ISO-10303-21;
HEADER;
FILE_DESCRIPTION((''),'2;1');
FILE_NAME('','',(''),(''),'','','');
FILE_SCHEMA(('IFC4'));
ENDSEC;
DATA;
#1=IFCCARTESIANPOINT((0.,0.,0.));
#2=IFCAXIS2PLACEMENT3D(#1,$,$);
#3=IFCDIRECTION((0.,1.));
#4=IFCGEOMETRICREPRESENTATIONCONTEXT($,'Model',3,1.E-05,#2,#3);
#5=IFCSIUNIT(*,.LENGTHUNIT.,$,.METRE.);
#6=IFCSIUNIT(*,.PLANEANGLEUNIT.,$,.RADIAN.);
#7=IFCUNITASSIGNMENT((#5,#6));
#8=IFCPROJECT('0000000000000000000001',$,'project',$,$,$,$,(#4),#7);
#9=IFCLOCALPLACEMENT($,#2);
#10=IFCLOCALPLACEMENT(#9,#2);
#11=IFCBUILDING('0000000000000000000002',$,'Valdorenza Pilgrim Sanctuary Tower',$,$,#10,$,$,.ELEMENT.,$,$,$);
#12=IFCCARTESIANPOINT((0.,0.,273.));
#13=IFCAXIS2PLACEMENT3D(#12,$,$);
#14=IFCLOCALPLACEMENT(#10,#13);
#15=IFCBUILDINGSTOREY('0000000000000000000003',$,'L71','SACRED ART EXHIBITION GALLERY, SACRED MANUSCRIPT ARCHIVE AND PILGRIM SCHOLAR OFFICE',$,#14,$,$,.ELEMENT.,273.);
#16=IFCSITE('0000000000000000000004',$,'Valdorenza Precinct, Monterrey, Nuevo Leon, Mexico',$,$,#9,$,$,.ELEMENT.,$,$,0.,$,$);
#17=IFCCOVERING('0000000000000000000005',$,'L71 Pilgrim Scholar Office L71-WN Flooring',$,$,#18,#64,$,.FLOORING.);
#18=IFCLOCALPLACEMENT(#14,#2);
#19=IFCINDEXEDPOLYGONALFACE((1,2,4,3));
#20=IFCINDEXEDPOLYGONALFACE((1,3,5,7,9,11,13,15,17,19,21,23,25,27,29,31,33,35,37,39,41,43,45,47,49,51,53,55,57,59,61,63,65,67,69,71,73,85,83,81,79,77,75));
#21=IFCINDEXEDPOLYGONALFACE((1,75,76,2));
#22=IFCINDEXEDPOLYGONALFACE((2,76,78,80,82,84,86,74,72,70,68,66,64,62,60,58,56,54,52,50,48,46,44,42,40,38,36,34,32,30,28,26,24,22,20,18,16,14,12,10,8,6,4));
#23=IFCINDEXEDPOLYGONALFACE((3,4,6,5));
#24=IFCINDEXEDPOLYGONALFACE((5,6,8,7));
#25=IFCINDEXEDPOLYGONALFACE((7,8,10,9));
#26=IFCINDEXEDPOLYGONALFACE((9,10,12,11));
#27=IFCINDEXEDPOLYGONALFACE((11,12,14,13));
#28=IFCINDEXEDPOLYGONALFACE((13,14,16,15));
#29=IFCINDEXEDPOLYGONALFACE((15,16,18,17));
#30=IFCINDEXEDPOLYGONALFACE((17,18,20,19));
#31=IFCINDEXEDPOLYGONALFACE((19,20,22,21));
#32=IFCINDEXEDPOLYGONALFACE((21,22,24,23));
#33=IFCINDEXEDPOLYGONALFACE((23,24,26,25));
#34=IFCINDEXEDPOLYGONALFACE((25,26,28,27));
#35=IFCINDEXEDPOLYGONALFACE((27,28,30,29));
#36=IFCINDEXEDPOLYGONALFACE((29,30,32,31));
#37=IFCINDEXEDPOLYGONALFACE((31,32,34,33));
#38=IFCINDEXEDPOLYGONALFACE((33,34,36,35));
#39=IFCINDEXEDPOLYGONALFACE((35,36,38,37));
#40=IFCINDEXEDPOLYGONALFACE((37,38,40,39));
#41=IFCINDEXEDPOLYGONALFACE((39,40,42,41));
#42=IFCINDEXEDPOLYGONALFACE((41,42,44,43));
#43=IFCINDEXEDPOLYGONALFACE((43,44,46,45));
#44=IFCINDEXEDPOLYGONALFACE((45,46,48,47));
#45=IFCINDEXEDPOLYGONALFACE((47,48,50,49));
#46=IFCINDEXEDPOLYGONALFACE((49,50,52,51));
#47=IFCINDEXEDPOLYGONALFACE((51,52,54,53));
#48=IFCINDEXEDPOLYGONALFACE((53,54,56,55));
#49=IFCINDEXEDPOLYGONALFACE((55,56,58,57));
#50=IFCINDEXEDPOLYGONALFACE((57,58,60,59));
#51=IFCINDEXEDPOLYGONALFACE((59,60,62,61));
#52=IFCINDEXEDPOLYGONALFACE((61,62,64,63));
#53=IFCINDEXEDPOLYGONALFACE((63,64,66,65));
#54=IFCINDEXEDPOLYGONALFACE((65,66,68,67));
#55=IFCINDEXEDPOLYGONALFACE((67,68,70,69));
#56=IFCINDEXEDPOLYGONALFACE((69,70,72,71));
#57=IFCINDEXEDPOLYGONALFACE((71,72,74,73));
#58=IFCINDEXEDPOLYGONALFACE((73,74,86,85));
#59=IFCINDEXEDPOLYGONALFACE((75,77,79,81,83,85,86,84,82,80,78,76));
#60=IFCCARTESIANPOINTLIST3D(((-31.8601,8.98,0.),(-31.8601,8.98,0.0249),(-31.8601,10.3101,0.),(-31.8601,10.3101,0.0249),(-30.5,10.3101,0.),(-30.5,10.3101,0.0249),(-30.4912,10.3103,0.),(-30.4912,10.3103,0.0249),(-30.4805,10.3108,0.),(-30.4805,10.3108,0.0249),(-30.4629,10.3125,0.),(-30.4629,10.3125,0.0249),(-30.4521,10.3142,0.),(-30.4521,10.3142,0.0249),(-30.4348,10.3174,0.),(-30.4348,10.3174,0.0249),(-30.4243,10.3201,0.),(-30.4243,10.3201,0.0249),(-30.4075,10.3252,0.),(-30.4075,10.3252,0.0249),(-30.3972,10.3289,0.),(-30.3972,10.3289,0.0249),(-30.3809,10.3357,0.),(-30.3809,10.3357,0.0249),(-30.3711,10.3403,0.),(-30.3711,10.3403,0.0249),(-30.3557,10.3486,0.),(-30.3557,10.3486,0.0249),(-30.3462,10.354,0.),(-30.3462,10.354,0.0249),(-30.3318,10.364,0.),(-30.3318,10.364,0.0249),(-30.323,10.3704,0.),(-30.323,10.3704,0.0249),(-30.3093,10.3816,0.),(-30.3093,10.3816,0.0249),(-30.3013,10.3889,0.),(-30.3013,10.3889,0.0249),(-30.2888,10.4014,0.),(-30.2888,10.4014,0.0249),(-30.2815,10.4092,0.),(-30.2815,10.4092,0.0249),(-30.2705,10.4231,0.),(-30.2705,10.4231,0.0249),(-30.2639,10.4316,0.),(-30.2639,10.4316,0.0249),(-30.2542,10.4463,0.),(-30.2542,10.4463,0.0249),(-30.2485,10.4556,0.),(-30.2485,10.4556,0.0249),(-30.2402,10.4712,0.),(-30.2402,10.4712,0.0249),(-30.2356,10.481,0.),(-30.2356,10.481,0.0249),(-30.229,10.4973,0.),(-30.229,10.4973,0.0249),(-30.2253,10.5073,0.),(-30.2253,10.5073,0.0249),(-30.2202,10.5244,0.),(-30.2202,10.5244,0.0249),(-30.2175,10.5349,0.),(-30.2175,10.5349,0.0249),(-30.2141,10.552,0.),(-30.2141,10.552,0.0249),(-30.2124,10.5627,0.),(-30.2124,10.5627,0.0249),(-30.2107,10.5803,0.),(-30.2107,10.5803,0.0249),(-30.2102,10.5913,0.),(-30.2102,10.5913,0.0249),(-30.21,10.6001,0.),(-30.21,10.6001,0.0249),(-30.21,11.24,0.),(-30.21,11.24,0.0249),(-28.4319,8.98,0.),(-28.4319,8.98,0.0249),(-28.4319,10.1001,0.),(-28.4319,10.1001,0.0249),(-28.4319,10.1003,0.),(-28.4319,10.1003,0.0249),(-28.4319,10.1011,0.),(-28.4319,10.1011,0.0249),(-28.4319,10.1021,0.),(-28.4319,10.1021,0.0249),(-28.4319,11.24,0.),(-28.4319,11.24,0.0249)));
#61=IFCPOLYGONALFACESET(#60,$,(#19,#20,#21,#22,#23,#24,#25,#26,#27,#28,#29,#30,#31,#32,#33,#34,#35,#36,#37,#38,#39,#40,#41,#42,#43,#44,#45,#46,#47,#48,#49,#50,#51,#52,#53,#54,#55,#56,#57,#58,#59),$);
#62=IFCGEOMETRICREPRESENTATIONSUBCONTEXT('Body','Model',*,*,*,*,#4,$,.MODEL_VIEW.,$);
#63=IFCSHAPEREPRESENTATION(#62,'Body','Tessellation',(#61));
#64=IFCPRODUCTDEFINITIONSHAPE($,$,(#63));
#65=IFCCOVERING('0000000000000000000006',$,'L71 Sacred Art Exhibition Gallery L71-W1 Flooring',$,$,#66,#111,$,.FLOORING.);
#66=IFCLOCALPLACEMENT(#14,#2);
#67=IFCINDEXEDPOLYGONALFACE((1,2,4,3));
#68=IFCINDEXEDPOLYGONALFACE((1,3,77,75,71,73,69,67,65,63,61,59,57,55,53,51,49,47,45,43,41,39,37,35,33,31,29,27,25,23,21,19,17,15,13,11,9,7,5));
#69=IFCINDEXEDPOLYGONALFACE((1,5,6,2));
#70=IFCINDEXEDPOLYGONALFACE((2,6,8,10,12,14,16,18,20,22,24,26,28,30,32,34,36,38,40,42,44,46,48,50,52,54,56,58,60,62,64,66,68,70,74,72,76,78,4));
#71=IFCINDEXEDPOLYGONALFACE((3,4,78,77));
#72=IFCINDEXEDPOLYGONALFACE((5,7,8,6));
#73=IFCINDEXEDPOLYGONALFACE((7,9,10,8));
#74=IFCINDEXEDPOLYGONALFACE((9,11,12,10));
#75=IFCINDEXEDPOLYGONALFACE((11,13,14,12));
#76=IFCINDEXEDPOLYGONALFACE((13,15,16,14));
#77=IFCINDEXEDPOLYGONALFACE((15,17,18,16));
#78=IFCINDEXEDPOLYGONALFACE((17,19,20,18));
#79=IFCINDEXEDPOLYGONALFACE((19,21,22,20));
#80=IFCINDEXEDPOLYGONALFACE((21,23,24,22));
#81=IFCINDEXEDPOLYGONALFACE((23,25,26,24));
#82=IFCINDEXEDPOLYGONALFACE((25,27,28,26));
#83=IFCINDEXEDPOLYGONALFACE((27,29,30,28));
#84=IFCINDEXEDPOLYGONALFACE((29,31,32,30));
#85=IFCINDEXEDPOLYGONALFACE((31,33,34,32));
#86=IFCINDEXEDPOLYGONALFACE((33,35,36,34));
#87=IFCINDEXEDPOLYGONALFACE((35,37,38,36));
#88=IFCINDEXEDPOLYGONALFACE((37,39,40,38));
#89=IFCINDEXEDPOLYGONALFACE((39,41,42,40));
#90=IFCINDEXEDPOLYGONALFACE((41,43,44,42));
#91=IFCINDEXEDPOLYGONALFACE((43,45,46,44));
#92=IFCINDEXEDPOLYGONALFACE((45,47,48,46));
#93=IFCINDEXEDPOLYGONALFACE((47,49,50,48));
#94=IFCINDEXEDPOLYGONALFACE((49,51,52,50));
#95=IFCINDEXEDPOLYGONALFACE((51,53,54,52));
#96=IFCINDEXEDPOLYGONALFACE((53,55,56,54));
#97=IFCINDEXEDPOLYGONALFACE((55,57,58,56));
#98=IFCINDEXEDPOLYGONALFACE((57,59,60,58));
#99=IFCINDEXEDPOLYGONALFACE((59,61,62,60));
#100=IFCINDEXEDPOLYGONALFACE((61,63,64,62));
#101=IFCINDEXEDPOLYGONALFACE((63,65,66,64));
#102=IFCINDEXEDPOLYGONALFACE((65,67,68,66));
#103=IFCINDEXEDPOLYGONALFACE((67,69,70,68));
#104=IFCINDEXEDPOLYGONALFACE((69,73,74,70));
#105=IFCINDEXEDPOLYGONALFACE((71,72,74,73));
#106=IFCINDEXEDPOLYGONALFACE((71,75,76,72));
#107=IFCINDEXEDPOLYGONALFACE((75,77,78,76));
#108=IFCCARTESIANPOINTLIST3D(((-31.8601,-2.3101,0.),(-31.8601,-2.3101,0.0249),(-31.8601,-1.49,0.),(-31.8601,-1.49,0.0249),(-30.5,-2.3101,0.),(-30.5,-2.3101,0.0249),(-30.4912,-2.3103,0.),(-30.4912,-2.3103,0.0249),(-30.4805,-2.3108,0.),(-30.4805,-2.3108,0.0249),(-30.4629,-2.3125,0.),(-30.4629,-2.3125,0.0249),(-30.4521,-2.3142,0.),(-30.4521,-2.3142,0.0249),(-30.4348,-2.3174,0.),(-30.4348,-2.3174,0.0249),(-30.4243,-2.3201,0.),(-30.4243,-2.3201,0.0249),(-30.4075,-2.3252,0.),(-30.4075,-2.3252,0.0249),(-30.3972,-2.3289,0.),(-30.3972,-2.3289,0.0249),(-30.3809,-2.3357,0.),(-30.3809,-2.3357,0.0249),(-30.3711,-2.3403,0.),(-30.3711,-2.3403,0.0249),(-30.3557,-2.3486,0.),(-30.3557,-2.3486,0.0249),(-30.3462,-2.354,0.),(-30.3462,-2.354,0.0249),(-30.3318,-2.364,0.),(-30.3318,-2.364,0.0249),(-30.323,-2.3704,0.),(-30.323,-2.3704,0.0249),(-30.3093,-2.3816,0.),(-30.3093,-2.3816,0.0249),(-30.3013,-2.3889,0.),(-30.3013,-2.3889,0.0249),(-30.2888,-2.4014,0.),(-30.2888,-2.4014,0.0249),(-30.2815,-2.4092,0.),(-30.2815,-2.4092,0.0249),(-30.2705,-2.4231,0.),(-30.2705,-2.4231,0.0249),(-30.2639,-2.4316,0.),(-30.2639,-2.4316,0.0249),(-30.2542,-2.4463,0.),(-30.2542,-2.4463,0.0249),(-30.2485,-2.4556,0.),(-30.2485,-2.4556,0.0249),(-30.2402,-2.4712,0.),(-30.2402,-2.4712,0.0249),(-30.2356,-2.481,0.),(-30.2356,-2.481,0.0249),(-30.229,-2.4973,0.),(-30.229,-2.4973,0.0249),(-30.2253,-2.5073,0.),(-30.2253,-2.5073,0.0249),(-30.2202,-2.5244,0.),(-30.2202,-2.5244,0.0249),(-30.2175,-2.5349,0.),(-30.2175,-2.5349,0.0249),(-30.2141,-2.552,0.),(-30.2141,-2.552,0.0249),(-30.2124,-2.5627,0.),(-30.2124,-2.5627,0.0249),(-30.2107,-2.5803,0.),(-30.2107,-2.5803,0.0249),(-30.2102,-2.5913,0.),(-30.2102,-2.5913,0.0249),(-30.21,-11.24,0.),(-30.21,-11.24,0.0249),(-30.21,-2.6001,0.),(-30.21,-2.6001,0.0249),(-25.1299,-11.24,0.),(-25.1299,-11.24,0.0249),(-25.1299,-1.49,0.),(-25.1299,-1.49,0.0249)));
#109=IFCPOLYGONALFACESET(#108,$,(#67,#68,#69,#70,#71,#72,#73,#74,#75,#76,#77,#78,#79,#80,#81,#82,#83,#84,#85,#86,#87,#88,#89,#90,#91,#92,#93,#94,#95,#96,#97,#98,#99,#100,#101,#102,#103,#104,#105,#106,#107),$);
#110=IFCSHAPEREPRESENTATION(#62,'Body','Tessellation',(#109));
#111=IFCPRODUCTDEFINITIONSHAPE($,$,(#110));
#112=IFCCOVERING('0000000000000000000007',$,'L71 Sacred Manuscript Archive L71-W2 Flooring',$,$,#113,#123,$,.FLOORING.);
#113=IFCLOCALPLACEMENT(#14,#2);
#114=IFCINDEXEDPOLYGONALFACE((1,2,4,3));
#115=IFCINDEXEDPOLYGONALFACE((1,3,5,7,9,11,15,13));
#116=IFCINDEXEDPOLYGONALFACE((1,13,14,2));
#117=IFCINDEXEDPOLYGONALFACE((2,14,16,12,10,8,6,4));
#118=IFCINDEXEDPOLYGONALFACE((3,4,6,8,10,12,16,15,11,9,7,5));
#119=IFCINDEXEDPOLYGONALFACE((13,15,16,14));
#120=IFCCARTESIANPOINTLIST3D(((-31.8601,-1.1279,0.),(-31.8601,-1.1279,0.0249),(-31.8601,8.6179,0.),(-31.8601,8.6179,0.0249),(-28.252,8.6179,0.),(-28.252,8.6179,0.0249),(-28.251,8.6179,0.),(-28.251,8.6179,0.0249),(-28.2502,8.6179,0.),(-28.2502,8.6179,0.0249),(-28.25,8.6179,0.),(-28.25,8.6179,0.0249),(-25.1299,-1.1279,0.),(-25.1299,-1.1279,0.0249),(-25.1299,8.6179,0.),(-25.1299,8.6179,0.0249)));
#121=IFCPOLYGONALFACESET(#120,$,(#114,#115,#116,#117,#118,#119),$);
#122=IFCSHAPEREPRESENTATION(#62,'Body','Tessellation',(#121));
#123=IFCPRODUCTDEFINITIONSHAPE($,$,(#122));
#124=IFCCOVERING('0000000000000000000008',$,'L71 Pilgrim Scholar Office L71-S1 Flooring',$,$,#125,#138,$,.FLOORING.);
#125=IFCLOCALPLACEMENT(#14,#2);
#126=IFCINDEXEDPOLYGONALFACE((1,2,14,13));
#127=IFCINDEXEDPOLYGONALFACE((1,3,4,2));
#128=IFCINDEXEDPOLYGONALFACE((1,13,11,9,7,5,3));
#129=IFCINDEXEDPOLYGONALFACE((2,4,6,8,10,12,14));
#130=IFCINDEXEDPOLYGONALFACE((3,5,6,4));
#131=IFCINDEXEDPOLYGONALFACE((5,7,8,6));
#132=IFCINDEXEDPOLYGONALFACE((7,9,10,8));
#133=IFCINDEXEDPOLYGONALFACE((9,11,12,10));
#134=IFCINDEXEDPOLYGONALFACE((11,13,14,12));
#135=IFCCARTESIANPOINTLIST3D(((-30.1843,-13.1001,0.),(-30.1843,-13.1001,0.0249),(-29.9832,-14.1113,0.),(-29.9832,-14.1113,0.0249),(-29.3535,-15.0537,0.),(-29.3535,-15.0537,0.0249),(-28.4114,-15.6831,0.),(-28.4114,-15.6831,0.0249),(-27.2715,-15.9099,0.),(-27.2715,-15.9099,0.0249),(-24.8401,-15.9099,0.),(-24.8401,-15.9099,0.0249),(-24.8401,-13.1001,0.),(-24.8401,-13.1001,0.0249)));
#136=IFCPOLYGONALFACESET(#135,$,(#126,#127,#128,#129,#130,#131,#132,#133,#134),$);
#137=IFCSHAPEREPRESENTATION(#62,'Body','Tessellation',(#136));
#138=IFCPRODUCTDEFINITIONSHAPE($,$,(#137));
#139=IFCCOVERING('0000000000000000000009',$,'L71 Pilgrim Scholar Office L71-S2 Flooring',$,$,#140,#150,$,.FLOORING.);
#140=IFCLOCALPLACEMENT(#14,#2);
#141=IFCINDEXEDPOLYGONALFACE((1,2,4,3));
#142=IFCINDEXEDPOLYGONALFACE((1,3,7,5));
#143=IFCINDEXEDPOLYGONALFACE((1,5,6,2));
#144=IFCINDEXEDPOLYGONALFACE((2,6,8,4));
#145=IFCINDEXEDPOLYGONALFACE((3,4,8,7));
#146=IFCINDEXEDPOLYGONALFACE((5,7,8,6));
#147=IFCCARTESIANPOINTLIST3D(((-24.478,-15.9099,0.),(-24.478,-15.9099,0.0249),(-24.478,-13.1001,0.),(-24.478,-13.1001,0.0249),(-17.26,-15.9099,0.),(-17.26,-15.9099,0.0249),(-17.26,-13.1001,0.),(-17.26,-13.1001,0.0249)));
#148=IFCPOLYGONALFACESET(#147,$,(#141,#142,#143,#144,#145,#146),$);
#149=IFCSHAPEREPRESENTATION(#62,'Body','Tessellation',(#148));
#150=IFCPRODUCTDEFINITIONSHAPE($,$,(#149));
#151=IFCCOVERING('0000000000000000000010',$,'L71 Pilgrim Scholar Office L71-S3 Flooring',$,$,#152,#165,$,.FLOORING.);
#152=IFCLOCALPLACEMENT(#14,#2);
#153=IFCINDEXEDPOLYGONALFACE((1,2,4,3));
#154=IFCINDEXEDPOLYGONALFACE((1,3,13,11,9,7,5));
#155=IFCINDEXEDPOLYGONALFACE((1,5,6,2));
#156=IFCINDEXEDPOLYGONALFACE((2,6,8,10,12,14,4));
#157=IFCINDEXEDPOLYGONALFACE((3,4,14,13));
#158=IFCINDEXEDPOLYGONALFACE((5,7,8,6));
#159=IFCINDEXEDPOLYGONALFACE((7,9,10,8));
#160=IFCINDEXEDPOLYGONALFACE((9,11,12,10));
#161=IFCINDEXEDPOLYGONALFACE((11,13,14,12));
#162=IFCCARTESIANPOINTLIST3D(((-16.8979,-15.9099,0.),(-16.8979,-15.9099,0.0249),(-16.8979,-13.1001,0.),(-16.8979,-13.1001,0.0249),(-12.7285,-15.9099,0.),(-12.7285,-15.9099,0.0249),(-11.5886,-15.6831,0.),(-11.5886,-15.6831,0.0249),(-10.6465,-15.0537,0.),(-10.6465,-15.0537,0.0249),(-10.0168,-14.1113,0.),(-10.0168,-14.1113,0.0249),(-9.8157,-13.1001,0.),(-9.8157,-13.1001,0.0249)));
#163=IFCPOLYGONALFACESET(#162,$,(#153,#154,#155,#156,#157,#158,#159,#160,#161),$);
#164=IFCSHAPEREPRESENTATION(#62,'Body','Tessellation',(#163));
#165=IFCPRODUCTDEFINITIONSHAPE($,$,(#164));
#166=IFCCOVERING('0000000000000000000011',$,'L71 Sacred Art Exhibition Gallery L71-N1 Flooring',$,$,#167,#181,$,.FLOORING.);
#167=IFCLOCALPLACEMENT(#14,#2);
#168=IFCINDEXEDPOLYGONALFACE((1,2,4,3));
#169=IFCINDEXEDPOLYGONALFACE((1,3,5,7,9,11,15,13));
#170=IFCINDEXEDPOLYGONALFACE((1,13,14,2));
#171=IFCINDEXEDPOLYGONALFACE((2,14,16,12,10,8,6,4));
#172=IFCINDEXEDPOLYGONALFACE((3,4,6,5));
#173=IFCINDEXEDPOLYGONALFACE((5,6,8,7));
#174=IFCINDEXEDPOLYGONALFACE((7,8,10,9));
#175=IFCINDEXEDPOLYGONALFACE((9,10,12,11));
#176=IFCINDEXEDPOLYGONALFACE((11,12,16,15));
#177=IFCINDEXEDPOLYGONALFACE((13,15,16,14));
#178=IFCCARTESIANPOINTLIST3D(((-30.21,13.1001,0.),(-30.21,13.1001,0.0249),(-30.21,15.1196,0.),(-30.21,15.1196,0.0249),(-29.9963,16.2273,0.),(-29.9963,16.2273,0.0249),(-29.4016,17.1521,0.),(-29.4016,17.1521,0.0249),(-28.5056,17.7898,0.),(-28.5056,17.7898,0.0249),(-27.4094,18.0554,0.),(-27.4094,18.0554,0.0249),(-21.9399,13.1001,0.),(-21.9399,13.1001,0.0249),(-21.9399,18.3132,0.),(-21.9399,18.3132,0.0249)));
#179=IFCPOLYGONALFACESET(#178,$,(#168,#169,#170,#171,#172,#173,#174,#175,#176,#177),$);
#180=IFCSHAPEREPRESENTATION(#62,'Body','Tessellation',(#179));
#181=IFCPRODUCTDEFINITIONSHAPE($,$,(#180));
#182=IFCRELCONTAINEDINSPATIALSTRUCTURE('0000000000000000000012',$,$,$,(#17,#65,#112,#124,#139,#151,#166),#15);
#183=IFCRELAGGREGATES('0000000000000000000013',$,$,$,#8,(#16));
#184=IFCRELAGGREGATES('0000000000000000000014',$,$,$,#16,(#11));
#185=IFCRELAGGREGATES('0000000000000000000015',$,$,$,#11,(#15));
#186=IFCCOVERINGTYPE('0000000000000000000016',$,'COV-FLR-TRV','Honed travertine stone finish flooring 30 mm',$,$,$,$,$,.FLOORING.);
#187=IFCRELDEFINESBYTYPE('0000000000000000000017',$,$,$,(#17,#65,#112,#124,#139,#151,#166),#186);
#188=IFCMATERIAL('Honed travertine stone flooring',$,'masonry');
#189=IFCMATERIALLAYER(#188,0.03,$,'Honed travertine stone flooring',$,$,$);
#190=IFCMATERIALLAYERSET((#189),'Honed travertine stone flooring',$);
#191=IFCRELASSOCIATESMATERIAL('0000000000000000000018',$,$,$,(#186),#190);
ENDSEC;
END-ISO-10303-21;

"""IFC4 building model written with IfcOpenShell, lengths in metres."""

from ifc_helpers import new_model, si_unit, direction, frame, origin, place, context, subcontext, project, spatial, polyline, outline, extrude, material, layer, layer_set, type_object, element, save


model = new_model("IFC4")

# Units and contexts
model_context = context("Model", 3, precision=1e-05, world=origin(), true_north=direction((0.0, 1.0)))
body_context = subcontext(model_context, "Body", "Model", "MODEL_VIEW")
ifc_project = project(units=[si_unit("LENGTHUNIT", "METRE"), si_unit("PLANEANGLEUNIT", "RADIAN")], contexts=[model_context])

# Site, building, storey
site_placement = place(None, origin())
site = spatial("IfcSite", under=ifc_project, at=site_placement, Name="Valdorenza Precinct, Monterrey, Nuevo Leon, Mexico", CompositionType="ELEMENT", RefElevation=0.0)
building_placement = place(site_placement, origin())
building = spatial("IfcBuilding", under=site, at=building_placement, Name="Valdorenza Pilgrim Sanctuary Tower", CompositionType="ELEMENT")
storey_placement = place(building_placement, frame((0.0, 0.0, 273.0)))
storey = spatial("IfcBuildingStorey", under=building, at=storey_placement, Name="L71", Description="SACRED ART EXHIBITION GALLERY, SACRED MANUSCRIPT ARCHIVE AND PILGRIM SCHOLAR OFFICE", CompositionType="ELEMENT", Elevation=273.0)

# Coverings
ifc_material_1 = material(Name="Honed travertine stone flooring", Category="masonry")
ifc_layer_1 = layer(ifc_material_1, 0.03, Name="Honed travertine stone flooring")
ifc_layer_set_1 = layer_set([ifc_layer_1], Name="Honed travertine stone flooring")
covering_type_1 = type_object("IfcCoveringType", Name="COV-FLR-TRV", Description="Honed travertine stone finish flooring 30 mm", PredefinedType="FLOORING", material=ifc_layer_set_1)
covering_1_placement = place(storey_placement, origin())
element("IfcCovering", 1, at=covering_1_placement, inside=storey, type_object=covering_type_1, Name="L71 Pilgrim Scholar Office L71-WN Flooring", PredefinedType="FLOORING", context=body_context, shape_type="SweptSolid", body=[
    extrude(outline(polyline([(-28.4319, 11.24), (-28.4319, 10.1021), (-28.4319, 10.1011), (-28.4319, 10.1003), (-28.4319, 10.1001), (-28.4319, 8.98), (-31.8601, 8.98), (-31.8601, 10.3101), (-30.5, 10.3101), (-30.4912, 10.3103), (-30.4805, 10.3108), (-30.4629, 10.3125), (-30.4521, 10.3142), (-30.4348, 10.3174), (-30.4243, 10.3201), (-30.4075, 10.3252), (-30.3972, 10.3289), (-30.3809, 10.3357), (-30.3711, 10.3403), (-30.3557, 10.3486), (-30.3462, 10.354), (-30.3318, 10.364), (-30.323, 10.3704), (-30.3093, 10.3816), (-30.3013, 10.3889), (-30.2888, 10.4014), (-30.2815, 10.4092), (-30.2705, 10.4231), (-30.2639, 10.4316), (-30.2542, 10.4463), (-30.2485, 10.4556), (-30.2402, 10.4712), (-30.2356, 10.481), (-30.229, 10.4973), (-30.2253, 10.5073), (-30.2202, 10.5244), (-30.2175, 10.5349), (-30.2141, 10.552), (-30.2124, 10.5627), (-30.2107, 10.5803), (-30.2102, 10.5913), (-30.21, 10.6001), (-30.21, 11.24), (-28.4319, 11.24)])), origin(), (0.0, 0.0, 1.0), 0.0249),
])
covering_2_placement = place(storey_placement, origin())
element("IfcCovering", 2, at=covering_2_placement, inside=storey, type_object=covering_type_1, Name="L71 Sacred Art Exhibition Gallery L71-W1 Flooring", PredefinedType="FLOORING", context=body_context, shape_type="SweptSolid", body=[
    extrude(outline(polyline([(-25.1299, -11.24), (-30.21, -11.24), (-30.21, -2.6001), (-30.2102, -2.5913), (-30.2107, -2.5803), (-30.2124, -2.5627), (-30.2141, -2.552), (-30.2175, -2.5349), (-30.2202, -2.5244), (-30.2253, -2.5073), (-30.229, -2.4973), (-30.2356, -2.481), (-30.2402, -2.4712), (-30.2485, -2.4556), (-30.2542, -2.4463), (-30.2639, -2.4316), (-30.2705, -2.4231), (-30.2815, -2.4092), (-30.2888, -2.4014), (-30.3013, -2.3889), (-30.3093, -2.3816), (-30.323, -2.3704), (-30.3318, -2.364), (-30.3462, -2.354), (-30.3557, -2.3486), (-30.3711, -2.3403), (-30.3809, -2.3357), (-30.3972, -2.3289), (-30.4075, -2.3252), (-30.4243, -2.3201), (-30.4348, -2.3174), (-30.4521, -2.3142), (-30.4629, -2.3125), (-30.4805, -2.3108), (-30.4912, -2.3103), (-30.5, -2.3101), (-31.8601, -2.3101), (-31.8601, -1.49), (-25.1299, -1.49), (-25.1299, -11.24)])), origin(), (0.0, 0.0, 1.0), 0.0249),
])
covering_3_placement = place(storey_placement, origin())
element("IfcCovering", 3, at=covering_3_placement, inside=storey, type_object=covering_type_1, Name="L71 Sacred Manuscript Archive L71-W2 Flooring", PredefinedType="FLOORING", context=body_context, shape_type="SweptSolid", body=[
    extrude(outline(polyline([(-28.2502, 8.6179), (-28.25, 8.6179), (-25.1299, 8.6179), (-25.1299, -1.1279), (-31.8601, -1.1279), (-31.8601, 8.6179), (-28.252, 8.6179), (-28.251, 8.6179), (-28.2502, 8.6179)])), origin(), (0.0, 0.0, 1.0), 0.0249),
])
covering_4_placement = place(storey_placement, origin())
element("IfcCovering", 4, at=covering_4_placement, inside=storey, type_object=covering_type_1, Name="L71 Pilgrim Scholar Office L71-S1 Flooring", PredefinedType="FLOORING", context=body_context, shape_type="SweptSolid", body=[
    extrude(outline(polyline([(-30.1843, -13.1001), (-24.8401, -13.1001), (-24.8401, -15.9099), (-27.2715, -15.9099), (-28.4114, -15.6831), (-29.3535, -15.0537), (-29.9832, -14.1113), (-30.1843, -13.1001)])), origin(), (0.0, 0.0, 1.0), 0.0249),
])
covering_5_placement = place(storey_placement, origin())
element("IfcCovering", 5, at=covering_5_placement, inside=storey, type_object=covering_type_1, Name="L71 Pilgrim Scholar Office L71-S2 Flooring", PredefinedType="FLOORING", context=body_context, shape_type="SweptSolid", body=[
    extrude(outline(polyline([(-17.26, -13.1001), (-17.26, -15.9099), (-24.478, -15.9099), (-24.478, -13.1001), (-17.26, -13.1001)])), origin(), (0.0, 0.0, 1.0), 0.0249),
])
covering_6_placement = place(storey_placement, origin())
element("IfcCovering", 6, at=covering_6_placement, inside=storey, type_object=covering_type_1, Name="L71 Pilgrim Scholar Office L71-S3 Flooring", PredefinedType="FLOORING", context=body_context, shape_type="SweptSolid", body=[
    extrude(outline(polyline([(-9.8157, -13.1001), (-10.0168, -14.1113), (-10.6465, -15.0537), (-11.5886, -15.6831), (-12.7285, -15.9099), (-16.8979, -15.9099), (-16.8979, -13.1001), (-9.8157, -13.1001)])), origin(), (0.0, 0.0, 1.0), 0.0249),
])
covering_7_placement = place(storey_placement, origin())
element("IfcCovering", 7, at=covering_7_placement, inside=storey, type_object=covering_type_1, Name="L71 Sacred Art Exhibition Gallery L71-N1 Flooring", PredefinedType="FLOORING", context=body_context, shape_type="SweptSolid", body=[
    extrude(outline(polyline([(-30.21, 13.1001), (-30.21, 15.1196), (-29.9963, 16.2273), (-29.4016, 17.1521), (-28.5056, 17.7898), (-27.4094, 18.0554), (-21.9399, 18.3132), (-21.9399, 13.1001), (-30.21, 13.1001)])), origin(), (0.0, 0.0, 1.0), 0.0249),
])

save(model, "model.ifc")
